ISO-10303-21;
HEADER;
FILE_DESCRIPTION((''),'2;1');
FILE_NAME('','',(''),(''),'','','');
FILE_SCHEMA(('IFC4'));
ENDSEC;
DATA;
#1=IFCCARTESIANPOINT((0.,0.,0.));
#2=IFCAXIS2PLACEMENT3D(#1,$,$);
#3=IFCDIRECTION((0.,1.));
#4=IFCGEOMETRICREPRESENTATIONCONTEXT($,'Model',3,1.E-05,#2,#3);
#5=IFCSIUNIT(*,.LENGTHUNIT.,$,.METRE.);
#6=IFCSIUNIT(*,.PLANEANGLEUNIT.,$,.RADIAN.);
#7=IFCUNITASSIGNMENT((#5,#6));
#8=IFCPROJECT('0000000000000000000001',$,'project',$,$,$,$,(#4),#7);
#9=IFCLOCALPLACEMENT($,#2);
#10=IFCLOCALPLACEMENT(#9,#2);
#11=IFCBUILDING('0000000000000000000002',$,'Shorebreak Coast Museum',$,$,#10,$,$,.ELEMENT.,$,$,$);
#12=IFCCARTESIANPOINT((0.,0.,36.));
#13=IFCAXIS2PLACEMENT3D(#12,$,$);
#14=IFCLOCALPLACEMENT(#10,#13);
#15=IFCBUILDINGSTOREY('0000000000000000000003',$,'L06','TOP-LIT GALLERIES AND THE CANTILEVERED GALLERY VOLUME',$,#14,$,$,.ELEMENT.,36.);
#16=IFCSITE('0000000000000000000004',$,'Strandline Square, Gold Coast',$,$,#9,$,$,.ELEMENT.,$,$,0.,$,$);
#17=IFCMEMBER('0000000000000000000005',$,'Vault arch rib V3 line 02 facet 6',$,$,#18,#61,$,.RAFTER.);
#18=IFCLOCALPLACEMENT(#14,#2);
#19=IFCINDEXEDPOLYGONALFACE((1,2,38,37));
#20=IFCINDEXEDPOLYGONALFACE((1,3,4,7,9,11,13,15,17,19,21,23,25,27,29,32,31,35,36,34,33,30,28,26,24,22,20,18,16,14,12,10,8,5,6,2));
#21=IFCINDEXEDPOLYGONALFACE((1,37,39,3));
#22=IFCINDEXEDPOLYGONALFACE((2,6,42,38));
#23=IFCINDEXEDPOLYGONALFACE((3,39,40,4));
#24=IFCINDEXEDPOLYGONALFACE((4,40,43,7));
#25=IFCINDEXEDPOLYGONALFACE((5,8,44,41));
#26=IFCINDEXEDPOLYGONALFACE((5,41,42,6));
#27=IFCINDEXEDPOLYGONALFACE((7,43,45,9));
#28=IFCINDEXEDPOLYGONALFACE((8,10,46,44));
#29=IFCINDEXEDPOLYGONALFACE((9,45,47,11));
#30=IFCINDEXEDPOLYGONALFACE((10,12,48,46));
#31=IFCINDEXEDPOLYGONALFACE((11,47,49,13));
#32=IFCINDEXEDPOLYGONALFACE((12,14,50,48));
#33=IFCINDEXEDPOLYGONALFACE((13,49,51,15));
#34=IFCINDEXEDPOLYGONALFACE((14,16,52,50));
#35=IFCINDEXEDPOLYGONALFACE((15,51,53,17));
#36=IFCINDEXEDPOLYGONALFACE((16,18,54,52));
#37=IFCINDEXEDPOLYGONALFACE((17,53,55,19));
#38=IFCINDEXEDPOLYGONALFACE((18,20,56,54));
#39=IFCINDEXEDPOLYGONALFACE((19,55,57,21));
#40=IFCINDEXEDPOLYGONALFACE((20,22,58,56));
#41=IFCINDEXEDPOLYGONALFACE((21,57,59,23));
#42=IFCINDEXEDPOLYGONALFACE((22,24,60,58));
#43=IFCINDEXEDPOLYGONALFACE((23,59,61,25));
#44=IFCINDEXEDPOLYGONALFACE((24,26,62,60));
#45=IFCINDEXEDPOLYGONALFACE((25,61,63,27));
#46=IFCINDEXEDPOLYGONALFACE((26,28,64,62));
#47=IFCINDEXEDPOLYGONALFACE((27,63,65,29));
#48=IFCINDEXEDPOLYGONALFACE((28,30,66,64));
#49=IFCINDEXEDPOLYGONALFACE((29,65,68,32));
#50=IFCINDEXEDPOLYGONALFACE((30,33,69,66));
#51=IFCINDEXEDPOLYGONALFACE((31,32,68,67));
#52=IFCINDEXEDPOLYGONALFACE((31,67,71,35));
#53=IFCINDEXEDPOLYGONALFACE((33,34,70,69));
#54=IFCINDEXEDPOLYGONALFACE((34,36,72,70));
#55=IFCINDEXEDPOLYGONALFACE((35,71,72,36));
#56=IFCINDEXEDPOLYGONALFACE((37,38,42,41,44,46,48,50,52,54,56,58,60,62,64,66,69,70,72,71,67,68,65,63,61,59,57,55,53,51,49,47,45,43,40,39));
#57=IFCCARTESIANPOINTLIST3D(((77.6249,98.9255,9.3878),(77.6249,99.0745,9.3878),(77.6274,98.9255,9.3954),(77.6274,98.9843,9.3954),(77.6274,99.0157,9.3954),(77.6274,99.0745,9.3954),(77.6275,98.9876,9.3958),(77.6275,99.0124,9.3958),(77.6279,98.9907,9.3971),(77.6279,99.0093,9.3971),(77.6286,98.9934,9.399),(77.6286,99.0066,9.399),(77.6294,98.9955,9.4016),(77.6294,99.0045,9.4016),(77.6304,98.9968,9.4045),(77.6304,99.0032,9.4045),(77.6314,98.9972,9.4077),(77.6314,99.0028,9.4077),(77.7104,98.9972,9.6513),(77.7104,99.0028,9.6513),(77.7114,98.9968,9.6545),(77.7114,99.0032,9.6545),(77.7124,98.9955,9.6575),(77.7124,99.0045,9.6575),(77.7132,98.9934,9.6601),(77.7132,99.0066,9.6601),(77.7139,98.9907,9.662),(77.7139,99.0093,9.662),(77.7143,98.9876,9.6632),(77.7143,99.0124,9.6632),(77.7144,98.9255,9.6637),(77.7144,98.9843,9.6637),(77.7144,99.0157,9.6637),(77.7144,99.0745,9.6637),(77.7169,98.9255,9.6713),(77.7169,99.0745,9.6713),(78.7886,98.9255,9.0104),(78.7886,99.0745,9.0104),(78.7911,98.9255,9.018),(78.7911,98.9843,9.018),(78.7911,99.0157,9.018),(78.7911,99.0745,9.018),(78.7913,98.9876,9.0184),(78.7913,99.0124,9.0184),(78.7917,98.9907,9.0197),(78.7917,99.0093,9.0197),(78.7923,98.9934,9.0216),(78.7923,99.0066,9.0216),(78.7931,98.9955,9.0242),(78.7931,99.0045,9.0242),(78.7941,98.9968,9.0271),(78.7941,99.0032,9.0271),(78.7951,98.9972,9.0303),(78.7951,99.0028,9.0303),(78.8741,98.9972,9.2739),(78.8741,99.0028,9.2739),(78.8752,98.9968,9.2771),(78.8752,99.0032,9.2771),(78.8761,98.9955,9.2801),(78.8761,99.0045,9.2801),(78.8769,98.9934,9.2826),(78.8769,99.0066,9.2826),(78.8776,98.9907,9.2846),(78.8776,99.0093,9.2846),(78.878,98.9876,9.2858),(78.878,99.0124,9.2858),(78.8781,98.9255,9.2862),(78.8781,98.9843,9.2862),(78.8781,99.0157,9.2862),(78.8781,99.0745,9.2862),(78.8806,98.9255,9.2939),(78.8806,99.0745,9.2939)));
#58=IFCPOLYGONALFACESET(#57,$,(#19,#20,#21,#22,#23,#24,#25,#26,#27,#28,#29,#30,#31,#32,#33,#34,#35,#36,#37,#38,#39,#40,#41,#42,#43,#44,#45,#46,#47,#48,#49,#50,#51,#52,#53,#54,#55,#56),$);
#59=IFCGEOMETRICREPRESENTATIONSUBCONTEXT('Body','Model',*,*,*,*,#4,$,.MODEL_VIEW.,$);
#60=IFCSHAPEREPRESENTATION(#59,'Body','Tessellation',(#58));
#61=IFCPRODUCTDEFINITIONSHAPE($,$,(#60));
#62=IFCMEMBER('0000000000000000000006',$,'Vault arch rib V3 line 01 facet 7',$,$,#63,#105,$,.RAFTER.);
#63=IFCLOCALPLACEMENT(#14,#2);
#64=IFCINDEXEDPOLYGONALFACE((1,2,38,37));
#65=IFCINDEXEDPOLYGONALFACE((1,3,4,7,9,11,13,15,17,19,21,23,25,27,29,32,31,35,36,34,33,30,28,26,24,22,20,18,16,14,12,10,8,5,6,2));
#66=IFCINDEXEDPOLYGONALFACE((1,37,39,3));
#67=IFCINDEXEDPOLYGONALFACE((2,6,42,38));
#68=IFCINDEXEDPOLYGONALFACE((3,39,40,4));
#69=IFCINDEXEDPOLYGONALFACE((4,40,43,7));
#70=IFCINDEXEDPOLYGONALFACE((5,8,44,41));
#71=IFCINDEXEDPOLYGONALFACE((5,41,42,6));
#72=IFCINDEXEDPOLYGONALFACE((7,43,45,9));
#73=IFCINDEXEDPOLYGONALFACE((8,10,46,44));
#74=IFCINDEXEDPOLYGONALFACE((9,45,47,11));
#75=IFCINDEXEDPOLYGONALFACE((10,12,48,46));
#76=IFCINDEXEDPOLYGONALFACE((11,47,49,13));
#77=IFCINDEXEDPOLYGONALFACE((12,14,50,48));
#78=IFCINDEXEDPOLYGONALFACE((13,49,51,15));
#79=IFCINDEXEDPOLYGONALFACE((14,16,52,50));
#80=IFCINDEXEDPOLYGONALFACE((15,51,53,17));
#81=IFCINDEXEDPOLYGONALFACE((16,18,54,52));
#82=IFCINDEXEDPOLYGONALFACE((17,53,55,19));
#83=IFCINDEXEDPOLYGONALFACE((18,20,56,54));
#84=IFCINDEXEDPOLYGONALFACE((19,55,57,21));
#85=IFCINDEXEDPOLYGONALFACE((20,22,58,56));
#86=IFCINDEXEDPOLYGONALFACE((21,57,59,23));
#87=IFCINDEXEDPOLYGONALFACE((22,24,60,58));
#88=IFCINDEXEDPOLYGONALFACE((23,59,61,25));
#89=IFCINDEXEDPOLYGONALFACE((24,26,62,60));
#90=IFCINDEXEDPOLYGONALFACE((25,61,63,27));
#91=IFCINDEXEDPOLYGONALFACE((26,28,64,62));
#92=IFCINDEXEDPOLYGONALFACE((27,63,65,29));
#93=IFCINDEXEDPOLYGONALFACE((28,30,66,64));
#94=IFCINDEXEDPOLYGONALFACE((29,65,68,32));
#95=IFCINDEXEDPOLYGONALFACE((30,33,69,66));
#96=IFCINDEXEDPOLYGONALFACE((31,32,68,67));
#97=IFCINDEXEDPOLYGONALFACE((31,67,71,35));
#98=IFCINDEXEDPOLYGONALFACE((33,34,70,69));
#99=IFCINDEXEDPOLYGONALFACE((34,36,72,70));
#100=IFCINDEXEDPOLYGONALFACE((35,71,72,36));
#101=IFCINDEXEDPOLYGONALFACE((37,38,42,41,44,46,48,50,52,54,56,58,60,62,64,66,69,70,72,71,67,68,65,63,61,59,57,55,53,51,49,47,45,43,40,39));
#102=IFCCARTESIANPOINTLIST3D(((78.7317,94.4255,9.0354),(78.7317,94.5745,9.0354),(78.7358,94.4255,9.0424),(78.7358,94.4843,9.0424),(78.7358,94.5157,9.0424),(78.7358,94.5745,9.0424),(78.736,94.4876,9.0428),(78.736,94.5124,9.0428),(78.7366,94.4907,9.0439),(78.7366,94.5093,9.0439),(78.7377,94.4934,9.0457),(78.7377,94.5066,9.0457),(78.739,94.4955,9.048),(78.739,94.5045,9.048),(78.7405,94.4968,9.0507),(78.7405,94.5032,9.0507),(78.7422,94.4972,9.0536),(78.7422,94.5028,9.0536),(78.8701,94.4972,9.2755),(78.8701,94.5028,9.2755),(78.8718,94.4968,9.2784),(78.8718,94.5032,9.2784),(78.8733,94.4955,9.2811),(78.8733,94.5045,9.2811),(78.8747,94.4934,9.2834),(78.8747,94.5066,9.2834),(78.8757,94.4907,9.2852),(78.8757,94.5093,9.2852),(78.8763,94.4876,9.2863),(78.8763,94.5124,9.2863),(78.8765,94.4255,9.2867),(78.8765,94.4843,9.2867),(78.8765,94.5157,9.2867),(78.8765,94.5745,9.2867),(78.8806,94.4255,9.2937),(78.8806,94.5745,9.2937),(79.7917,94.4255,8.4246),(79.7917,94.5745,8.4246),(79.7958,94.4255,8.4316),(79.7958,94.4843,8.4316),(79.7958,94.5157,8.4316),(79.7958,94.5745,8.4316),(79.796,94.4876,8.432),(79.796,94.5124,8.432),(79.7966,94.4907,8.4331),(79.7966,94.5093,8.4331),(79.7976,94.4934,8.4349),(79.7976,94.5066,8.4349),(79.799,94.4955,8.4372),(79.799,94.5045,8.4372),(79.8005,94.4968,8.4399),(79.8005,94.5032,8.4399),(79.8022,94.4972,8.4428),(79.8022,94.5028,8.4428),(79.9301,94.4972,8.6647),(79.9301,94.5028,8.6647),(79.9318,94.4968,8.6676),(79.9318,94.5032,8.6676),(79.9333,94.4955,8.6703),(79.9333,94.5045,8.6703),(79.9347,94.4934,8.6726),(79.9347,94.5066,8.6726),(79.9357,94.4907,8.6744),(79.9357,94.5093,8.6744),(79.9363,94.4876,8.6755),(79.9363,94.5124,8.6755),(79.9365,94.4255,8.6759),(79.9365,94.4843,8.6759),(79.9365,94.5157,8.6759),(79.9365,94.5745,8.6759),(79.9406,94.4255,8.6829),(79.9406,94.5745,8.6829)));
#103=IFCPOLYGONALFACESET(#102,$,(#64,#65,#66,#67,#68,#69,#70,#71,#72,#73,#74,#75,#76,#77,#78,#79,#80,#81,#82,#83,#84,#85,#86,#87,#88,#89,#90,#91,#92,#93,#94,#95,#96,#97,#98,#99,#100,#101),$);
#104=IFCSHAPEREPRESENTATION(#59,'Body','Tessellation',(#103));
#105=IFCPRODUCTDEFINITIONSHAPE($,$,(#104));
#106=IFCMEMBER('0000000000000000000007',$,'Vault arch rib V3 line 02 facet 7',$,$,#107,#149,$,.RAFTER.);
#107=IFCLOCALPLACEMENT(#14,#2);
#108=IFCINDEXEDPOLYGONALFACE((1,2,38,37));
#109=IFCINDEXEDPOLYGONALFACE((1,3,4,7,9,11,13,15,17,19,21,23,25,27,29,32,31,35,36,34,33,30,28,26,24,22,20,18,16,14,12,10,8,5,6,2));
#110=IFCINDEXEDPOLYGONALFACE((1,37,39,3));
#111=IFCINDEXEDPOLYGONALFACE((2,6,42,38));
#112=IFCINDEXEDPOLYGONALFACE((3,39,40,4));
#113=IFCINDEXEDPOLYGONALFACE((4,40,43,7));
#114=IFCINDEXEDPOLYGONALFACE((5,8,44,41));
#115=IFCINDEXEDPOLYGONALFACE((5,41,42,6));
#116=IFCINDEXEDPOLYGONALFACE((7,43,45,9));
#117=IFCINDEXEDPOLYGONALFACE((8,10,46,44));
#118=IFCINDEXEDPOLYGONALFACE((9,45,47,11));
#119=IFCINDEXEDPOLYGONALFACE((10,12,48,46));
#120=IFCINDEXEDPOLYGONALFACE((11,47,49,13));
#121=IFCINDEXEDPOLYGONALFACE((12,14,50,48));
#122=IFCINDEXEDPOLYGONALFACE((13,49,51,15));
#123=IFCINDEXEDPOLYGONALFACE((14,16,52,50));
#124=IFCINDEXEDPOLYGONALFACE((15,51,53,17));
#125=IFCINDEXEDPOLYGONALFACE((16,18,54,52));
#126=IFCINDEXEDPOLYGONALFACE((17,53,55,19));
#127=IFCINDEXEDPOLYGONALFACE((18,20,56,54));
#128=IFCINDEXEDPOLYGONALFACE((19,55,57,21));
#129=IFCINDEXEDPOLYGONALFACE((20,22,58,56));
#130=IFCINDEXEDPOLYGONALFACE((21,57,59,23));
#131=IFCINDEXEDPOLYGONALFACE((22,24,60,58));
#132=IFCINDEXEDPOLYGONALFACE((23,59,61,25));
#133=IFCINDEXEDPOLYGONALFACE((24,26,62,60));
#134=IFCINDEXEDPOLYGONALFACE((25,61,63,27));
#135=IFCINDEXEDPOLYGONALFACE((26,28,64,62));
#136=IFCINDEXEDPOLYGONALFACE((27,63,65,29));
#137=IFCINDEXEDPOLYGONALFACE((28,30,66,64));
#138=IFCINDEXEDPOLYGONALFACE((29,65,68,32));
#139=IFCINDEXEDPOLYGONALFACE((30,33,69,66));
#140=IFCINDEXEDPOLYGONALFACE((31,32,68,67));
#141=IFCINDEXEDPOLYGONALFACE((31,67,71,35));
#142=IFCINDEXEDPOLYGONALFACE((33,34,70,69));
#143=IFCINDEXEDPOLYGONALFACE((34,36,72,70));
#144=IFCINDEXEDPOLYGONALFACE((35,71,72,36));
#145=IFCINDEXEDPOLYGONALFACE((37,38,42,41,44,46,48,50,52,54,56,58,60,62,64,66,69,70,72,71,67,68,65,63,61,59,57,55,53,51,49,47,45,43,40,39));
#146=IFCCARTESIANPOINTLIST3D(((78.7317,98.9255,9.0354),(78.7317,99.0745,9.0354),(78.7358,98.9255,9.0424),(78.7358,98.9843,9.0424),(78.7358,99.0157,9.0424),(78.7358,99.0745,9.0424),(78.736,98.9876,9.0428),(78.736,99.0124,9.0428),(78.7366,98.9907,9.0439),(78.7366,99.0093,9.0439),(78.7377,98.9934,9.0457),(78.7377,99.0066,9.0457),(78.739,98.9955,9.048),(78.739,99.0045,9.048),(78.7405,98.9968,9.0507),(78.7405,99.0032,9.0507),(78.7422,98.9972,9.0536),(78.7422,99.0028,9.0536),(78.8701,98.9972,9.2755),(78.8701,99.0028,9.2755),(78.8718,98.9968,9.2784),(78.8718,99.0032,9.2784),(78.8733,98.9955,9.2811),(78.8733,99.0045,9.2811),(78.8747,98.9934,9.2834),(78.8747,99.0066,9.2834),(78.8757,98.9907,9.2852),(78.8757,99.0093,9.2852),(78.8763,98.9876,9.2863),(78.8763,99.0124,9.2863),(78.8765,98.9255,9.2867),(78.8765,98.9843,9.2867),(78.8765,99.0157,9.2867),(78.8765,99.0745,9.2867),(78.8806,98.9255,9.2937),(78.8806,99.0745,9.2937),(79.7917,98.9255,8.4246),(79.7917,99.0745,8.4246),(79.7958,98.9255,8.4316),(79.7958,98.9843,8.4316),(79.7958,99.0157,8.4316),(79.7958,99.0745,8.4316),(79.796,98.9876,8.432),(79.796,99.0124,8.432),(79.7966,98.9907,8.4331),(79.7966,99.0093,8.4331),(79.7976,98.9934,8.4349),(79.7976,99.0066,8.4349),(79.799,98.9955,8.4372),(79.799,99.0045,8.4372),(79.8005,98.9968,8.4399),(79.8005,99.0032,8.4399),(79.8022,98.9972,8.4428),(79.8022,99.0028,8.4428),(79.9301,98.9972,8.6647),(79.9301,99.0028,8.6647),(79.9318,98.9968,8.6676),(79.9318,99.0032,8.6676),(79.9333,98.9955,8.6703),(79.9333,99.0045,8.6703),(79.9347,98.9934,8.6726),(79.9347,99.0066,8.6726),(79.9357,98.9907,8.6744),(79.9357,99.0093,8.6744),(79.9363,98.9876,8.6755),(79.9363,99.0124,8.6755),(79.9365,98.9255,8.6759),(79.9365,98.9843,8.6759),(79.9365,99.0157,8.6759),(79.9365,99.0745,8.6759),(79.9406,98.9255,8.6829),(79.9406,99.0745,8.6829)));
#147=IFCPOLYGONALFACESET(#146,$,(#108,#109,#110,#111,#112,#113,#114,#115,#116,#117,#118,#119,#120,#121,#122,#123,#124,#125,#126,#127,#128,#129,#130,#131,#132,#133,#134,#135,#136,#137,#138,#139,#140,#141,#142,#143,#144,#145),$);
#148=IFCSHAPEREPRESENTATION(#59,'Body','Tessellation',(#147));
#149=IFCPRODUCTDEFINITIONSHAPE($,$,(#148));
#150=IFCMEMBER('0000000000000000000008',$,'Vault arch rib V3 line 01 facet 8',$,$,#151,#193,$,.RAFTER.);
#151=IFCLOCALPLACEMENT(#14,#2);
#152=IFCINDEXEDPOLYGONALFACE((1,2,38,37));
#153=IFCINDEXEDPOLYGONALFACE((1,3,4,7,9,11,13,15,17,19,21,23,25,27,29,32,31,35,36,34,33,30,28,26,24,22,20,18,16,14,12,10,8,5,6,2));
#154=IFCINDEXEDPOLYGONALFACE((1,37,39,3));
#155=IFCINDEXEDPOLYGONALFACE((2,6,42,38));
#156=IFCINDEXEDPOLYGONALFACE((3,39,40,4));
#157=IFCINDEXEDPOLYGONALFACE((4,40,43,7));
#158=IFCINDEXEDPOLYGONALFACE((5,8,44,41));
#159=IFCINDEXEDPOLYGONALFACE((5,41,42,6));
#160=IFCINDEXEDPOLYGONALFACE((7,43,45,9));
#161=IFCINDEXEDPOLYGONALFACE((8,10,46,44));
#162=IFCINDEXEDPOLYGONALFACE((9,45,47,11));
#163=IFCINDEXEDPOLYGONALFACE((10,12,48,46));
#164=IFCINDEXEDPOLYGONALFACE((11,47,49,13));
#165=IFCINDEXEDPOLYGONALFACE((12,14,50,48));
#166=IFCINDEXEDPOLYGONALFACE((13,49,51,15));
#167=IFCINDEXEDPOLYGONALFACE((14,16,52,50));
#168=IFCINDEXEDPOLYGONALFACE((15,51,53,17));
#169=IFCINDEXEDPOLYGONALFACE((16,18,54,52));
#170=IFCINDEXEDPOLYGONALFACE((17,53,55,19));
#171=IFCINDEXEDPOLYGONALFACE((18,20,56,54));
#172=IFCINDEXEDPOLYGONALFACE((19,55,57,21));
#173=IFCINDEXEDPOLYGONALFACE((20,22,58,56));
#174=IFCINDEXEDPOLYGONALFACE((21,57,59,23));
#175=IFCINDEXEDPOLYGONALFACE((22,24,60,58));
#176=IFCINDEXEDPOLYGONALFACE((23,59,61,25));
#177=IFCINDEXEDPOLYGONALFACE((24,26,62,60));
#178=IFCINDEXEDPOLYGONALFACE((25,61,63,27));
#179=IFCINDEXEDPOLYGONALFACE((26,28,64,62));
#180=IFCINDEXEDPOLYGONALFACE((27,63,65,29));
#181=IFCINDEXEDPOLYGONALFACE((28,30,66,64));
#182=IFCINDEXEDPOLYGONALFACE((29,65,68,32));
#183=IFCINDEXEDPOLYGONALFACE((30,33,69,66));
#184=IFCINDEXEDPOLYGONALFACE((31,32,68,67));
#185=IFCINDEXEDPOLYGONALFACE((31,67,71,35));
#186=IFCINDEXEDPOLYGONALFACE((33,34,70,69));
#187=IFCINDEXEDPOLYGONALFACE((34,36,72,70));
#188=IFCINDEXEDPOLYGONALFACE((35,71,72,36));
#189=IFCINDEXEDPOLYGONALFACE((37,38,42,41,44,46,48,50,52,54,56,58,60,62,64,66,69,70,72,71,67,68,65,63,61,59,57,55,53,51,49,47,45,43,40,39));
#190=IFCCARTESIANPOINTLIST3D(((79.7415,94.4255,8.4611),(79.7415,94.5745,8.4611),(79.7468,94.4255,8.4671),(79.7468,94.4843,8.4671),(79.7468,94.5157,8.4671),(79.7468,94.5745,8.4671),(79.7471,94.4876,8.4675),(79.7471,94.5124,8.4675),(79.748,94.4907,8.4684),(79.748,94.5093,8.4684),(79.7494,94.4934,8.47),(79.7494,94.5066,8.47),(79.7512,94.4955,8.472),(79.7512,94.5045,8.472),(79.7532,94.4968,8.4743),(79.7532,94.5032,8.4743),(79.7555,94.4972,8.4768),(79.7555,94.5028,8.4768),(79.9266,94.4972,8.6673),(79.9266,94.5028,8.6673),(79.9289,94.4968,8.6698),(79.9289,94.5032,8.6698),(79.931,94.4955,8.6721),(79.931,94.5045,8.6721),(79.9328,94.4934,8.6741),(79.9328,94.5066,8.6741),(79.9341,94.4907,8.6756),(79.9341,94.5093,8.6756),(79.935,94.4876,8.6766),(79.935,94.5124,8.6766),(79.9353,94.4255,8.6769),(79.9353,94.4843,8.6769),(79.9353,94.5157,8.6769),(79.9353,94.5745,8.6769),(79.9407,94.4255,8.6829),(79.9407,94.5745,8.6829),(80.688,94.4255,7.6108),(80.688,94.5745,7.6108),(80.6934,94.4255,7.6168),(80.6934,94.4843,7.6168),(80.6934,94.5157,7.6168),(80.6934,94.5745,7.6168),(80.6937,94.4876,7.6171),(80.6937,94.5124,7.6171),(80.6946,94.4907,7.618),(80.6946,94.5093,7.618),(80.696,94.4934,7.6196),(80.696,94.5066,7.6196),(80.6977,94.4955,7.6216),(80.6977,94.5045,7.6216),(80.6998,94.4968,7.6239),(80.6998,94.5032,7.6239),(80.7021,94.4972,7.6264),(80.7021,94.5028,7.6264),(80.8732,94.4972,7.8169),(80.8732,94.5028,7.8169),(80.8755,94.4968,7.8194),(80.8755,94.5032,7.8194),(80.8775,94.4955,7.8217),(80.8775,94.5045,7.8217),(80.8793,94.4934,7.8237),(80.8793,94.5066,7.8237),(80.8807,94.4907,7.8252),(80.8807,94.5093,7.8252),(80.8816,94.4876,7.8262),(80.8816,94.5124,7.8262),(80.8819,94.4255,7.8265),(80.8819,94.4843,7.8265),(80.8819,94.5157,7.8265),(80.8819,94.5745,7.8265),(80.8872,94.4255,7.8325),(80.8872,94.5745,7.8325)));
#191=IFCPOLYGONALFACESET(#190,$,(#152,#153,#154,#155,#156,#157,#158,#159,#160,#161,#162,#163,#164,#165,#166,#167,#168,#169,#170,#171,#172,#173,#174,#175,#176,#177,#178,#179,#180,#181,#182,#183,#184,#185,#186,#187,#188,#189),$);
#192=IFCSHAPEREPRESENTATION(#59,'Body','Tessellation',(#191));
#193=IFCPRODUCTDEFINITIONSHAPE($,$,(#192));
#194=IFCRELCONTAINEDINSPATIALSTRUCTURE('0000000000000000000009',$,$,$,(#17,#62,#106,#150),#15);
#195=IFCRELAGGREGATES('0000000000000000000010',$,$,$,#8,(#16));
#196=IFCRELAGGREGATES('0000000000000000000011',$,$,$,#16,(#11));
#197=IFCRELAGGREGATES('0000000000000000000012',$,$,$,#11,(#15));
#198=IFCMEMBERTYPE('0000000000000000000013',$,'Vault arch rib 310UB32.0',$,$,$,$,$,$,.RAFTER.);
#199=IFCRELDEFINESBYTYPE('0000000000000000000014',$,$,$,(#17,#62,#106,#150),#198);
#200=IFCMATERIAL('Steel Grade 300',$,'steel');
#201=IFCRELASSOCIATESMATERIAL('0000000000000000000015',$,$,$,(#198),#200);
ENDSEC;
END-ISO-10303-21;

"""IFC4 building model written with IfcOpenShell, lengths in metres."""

from ifc_helpers import new_model, si_unit, direction, frame, origin, origin_2d, place, context, subcontext, project, spatial, i_section, extrude, material, material_profile, profile_set, type_object, element, save


model = new_model("IFC4")

# Units and contexts
model_context = context("Model", 3, precision=1e-05, world=origin(), true_north=direction((0.0, 1.0)))
body_context = subcontext(model_context, "Body", "Model", "MODEL_VIEW")
ifc_project = project(units=[si_unit("LENGTHUNIT", "METRE"), si_unit("PLANEANGLEUNIT", "RADIAN")], contexts=[model_context])

# Site, building, storey
site_placement = place(None, origin())
site = spatial("IfcSite", under=ifc_project, at=site_placement, Name="Strandline Square, Gold Coast", CompositionType="ELEMENT", RefElevation=0.0)
building_placement = place(site_placement, origin())
building = spatial("IfcBuilding", under=site, at=building_placement, Name="Shorebreak Coast Museum", CompositionType="ELEMENT")
storey_placement = place(building_placement, frame((0.0, 0.0, 36.0)))
storey = spatial("IfcBuildingStorey", under=building, at=storey_placement, Name="L06", Description="TOP-LIT GALLERIES AND THE CANTILEVERED GALLERY VOLUME", CompositionType="ELEMENT", Elevation=36.0)

# Members
ifc_material_1 = material(Name="Steel Grade 300", Category="steel")
ifc_material_profile_1 = material_profile(ifc_material_1, i_section(OverallWidth=0.1489, OverallDepth=0.2981, WebThickness=0.0056, FlangeThickness=0.0081, FilletRadius=0.0129, at=origin_2d()), Name="310UB32.0")
ifc_profile_set_1 = profile_set([ifc_material_profile_1], Name="Steel Grade 300")
member_type_1 = type_object("IfcMemberType", Name="Vault arch rib 310UB32.0", PredefinedType="RAFTER", material=ifc_profile_set_1)
for number, where, z_axis, x_axis, name in (
    (1, (77.6709, 99.0, 9.5295), (0.951226, 0.0, -0.308495), (0.0, 1.0, 0.0), "Vault arch rib V3 line 02 facet 6"),
    (2, (78.8062, 94.5, 9.1646), (0.866445, 0.0, -0.499273), (0.0, 1.0, 0.0), "Vault arch rib V3 line 01 facet 7"),
    (3, (78.8062, 99.0, 9.1646), (0.866445, 0.0, -0.499273), (0.0, 1.0, 0.0), "Vault arch rib V3 line 02 facet 7"),
):
    element("IfcMember", number, at=place(storey_placement, frame(where, z_axis=z_axis, x_axis=x_axis)), inside=storey, type_object=member_type_1, Name=name, PredefinedType="RAFTER", context=body_context, shape_type="SweptSolid", body=[
        extrude(i_section(OverallWidth=0.1489, OverallDepth=0.2981, WebThickness=0.0056, FlangeThickness=0.0081, FilletRadius=0.0129, at=origin_2d()), origin(), (0.0, 0.0, 1.0), 1.2234),
    ])
for number, where, z_axis, x_axis, name in (
    (4, (79.8411, 94.5, 8.572), (0.743895, 0.0, -0.668297), (0.0, 1.0, 0.0), "Vault arch rib V3 line 01 facet 8"),
):
    element("IfcMember", number, at=place(storey_placement, frame(where, z_axis=z_axis, x_axis=x_axis)), inside=storey, type_object=member_type_1, Name=name, PredefinedType="RAFTER", context=body_context, shape_type="SweptSolid", body=[
        extrude(i_section(OverallWidth=0.1489, OverallDepth=0.2981, WebThickness=0.0056, FlangeThickness=0.0081, FilletRadius=0.0129, at=origin_2d()), origin(), (0.0, 0.0, 1.0), 1.2725),
    ])

save(model, "model.ifc")
